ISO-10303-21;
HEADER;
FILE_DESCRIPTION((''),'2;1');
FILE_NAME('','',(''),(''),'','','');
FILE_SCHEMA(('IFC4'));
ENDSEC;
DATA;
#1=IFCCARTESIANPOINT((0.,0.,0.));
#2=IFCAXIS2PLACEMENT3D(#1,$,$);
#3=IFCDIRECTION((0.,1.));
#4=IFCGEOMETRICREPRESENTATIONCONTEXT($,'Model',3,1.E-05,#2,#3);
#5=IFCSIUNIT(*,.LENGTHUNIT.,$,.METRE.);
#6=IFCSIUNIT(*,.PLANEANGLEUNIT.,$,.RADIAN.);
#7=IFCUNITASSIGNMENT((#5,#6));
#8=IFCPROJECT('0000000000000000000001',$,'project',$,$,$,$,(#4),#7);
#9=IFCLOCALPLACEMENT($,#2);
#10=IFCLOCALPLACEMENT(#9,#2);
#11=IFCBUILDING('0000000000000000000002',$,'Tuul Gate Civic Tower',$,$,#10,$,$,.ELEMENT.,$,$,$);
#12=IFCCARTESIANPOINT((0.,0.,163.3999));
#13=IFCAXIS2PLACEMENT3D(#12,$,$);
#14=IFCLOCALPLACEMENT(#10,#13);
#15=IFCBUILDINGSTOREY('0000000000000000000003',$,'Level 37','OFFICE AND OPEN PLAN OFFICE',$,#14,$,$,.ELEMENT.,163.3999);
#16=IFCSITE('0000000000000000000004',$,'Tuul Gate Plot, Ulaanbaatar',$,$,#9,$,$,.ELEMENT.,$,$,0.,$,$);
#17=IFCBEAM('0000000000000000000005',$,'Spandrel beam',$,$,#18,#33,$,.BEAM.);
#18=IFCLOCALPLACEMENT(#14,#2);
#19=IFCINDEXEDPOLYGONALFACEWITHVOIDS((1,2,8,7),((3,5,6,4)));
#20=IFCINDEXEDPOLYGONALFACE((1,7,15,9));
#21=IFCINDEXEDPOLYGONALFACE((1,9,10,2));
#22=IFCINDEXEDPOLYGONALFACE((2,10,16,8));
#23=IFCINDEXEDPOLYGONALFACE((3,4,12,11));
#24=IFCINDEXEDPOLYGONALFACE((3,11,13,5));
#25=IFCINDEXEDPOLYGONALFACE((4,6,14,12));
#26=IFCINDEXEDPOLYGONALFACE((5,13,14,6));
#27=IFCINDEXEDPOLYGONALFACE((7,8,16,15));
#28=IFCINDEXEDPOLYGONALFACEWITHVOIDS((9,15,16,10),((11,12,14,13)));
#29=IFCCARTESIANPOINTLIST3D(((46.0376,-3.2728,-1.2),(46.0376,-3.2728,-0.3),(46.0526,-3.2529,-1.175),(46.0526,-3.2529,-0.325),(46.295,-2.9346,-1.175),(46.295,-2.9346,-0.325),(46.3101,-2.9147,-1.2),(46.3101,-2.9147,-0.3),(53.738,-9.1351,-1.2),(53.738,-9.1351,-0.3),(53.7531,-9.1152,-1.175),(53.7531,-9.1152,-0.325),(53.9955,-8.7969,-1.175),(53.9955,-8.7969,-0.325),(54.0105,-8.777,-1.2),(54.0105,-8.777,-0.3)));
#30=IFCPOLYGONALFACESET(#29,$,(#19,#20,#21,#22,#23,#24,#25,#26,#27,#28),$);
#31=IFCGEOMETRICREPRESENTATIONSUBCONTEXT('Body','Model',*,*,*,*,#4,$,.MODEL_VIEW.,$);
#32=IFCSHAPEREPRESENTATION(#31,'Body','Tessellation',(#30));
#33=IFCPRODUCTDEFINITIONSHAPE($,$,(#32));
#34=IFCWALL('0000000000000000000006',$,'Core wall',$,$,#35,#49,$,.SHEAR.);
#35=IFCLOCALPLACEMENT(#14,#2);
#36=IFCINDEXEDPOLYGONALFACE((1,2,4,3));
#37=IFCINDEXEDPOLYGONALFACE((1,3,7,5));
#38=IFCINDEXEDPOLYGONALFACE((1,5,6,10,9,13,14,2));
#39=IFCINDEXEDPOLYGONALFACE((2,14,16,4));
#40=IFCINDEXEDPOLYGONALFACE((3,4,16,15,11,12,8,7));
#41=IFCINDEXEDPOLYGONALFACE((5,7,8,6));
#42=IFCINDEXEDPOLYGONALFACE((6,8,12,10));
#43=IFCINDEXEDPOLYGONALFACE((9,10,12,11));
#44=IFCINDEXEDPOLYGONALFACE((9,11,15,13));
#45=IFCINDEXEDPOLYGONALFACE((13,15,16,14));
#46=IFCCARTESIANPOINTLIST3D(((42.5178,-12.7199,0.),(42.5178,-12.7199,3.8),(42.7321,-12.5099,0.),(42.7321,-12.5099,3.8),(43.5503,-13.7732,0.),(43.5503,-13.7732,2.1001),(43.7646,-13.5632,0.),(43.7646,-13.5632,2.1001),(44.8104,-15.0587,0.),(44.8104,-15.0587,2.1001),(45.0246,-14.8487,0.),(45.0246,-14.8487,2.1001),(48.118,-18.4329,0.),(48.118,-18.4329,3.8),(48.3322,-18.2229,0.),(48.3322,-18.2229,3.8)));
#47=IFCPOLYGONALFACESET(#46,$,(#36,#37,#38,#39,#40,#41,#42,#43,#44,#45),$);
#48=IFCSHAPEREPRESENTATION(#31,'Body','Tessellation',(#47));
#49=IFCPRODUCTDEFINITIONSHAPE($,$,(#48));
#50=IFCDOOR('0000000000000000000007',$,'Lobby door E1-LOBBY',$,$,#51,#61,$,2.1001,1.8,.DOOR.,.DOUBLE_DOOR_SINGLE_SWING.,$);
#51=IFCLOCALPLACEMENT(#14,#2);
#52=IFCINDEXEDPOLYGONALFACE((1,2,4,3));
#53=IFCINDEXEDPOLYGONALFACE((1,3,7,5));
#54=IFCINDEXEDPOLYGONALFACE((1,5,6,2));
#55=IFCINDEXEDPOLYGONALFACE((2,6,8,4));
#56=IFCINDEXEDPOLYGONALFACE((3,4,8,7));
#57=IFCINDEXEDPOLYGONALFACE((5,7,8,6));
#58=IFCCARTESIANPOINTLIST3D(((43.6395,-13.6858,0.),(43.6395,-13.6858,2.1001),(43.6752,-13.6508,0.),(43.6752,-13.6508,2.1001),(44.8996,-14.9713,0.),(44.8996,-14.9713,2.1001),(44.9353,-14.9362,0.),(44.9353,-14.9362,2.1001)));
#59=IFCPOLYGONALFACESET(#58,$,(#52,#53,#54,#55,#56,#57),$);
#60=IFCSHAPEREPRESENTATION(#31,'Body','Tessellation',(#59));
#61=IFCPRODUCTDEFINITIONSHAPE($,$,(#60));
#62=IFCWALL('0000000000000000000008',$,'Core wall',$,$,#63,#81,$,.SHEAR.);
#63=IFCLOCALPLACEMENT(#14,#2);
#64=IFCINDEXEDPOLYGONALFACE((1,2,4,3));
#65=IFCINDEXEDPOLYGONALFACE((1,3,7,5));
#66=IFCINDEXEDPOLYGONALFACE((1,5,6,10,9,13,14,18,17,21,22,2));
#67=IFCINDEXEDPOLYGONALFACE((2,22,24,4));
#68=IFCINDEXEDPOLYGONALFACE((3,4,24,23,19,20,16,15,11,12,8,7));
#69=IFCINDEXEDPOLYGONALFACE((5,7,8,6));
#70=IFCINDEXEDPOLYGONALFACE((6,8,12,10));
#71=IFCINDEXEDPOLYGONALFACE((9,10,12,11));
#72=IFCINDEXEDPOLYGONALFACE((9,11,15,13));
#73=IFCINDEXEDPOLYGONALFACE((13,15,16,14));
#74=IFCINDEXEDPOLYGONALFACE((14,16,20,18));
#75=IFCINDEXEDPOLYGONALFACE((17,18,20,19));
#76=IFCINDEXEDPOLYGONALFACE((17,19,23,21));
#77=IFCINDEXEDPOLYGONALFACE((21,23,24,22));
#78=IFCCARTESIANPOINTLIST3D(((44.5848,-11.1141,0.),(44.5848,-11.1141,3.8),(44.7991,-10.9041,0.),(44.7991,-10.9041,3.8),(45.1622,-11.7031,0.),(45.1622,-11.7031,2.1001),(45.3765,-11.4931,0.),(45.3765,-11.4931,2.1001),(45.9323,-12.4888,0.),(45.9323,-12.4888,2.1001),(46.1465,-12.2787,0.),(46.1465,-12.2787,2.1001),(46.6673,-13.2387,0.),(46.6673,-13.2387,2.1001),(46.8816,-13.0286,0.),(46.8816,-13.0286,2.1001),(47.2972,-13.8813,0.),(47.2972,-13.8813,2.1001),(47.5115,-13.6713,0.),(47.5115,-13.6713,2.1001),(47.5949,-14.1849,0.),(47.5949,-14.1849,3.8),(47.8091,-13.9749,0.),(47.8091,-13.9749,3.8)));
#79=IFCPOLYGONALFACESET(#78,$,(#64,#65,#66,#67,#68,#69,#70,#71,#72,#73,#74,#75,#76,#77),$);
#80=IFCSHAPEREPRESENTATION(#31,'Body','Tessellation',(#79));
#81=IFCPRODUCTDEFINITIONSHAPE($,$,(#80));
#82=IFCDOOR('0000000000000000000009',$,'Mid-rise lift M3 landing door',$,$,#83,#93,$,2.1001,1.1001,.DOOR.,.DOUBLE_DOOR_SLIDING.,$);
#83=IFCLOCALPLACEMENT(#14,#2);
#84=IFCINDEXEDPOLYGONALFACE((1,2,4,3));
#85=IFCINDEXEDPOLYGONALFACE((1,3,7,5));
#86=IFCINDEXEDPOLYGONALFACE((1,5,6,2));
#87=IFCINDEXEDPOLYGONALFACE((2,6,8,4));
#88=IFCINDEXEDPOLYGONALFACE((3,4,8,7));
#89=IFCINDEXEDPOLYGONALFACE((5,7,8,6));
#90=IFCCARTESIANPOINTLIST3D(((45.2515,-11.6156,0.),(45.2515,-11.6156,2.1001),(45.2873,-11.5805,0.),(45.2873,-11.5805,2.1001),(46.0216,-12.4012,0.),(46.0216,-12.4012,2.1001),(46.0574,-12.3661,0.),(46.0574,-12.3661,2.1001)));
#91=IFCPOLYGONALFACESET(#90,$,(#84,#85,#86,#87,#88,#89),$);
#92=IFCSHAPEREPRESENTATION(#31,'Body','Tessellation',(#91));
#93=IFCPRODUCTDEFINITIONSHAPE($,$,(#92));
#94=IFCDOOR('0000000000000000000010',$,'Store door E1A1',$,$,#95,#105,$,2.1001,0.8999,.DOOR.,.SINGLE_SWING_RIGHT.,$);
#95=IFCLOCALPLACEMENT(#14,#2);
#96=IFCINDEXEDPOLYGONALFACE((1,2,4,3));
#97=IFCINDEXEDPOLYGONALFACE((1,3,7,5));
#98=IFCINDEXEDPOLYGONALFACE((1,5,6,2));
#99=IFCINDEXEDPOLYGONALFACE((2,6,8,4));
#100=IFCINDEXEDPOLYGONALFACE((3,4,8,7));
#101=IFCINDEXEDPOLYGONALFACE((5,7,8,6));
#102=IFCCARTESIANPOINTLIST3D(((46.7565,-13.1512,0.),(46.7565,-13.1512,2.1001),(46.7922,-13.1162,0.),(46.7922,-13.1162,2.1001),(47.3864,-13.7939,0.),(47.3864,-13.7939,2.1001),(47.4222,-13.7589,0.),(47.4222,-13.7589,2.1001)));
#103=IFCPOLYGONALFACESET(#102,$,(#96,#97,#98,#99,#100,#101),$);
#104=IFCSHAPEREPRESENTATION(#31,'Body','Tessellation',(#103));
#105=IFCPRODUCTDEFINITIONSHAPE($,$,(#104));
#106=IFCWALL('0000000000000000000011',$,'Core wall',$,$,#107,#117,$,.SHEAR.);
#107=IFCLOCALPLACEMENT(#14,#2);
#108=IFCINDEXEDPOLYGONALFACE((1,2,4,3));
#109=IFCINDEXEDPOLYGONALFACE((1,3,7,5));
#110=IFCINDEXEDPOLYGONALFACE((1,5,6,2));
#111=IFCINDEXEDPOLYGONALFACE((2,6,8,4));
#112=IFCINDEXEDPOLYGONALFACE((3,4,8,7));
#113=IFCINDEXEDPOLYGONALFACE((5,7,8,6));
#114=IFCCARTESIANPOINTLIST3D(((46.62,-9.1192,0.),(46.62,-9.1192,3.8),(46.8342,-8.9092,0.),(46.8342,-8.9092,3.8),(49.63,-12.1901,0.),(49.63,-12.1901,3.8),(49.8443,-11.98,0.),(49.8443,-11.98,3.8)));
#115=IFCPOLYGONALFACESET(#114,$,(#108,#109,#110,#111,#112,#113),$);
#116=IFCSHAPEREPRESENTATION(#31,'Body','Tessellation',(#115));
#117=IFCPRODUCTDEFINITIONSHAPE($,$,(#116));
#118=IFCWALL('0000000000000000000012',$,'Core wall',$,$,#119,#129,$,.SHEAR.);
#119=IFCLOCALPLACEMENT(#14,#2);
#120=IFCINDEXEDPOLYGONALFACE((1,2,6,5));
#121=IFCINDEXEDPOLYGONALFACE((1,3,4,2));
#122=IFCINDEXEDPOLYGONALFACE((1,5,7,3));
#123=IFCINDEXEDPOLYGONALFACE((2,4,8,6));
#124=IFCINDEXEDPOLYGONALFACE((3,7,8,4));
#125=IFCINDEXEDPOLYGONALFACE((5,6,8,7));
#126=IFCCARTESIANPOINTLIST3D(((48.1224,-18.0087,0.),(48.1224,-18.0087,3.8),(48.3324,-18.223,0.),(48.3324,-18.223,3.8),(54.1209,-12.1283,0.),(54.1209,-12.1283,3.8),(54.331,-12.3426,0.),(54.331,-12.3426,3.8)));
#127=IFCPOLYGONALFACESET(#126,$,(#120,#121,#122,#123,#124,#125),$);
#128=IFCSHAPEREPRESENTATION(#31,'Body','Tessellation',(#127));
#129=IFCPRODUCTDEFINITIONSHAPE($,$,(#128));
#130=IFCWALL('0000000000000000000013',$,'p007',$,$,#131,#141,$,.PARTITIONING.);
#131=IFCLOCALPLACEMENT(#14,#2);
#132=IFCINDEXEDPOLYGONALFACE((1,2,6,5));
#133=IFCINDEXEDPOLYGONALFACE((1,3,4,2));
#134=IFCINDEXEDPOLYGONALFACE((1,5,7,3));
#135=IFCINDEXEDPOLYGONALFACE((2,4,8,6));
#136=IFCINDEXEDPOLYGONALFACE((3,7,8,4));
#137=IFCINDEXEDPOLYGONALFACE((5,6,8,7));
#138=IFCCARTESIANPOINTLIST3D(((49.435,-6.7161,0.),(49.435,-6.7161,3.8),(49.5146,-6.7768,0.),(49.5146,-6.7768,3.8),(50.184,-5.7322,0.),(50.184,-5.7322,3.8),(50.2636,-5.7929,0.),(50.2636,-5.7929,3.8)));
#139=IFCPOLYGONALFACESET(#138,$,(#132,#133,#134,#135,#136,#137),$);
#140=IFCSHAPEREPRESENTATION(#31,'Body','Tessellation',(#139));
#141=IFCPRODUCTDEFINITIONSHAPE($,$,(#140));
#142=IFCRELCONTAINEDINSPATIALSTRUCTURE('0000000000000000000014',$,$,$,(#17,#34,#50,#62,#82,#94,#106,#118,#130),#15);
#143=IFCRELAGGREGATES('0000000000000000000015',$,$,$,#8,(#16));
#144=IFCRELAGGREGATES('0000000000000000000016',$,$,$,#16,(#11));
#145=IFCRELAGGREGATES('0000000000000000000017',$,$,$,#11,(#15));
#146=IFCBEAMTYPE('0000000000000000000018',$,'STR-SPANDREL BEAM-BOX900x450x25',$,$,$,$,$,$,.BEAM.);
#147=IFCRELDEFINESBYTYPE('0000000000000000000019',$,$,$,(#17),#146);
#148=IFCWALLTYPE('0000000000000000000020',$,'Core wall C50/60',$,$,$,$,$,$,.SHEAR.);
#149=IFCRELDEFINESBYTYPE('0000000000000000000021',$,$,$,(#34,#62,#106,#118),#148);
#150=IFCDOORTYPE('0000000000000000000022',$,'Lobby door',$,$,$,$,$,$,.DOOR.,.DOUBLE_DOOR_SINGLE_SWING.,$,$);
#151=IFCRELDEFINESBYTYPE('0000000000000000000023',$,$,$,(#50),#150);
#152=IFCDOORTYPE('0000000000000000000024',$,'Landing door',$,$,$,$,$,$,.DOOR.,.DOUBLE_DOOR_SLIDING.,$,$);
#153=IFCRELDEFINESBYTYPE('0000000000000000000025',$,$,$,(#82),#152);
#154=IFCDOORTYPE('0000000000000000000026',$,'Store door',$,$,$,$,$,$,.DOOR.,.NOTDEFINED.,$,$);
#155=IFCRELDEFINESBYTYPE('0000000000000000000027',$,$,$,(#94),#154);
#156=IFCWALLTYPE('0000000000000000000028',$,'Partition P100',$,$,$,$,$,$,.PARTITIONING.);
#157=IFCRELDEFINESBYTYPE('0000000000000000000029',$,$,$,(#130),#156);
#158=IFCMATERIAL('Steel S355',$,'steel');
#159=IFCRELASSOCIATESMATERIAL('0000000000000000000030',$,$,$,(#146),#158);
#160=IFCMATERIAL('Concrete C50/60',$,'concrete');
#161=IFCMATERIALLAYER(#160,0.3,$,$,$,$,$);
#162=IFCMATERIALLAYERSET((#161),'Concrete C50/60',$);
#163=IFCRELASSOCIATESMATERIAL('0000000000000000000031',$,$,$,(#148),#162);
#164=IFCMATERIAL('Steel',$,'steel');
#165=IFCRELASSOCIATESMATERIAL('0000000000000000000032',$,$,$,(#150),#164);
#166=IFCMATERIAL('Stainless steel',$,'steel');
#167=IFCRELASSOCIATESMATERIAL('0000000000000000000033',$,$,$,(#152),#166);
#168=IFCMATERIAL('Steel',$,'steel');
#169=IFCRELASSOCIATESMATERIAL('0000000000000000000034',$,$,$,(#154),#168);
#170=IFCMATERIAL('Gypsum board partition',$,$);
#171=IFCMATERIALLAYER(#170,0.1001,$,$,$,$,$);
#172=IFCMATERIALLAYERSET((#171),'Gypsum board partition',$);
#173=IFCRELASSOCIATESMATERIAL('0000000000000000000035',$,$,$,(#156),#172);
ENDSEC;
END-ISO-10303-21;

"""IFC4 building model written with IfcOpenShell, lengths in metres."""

from ifc_helpers import new_model, si_unit, direction, frame, frame_2d, origin, origin_2d, place, context, subcontext, project, spatial, rectangle, hollow_rectangle, extrude, material, layer, layer_set, material_profile, profile_set, type_object, element, fill, save


model = new_model("IFC4")

# Units and contexts
model_context = context("Model", 3, precision=1e-05, world=origin(), true_north=direction((0.0, 1.0)))
body_context = subcontext(model_context, "Body", "Model", "MODEL_VIEW")
ifc_project = project(units=[si_unit("LENGTHUNIT", "METRE"), si_unit("PLANEANGLEUNIT", "RADIAN")], contexts=[model_context])

# Site, building, storey
site_placement = place(None, origin())
site = spatial("IfcSite", under=ifc_project, at=site_placement, Name="Tuul Gate Plot, Ulaanbaatar", CompositionType="ELEMENT", RefElevation=0.0)
building_placement = place(site_placement, origin())
building = spatial("IfcBuilding", under=site, at=building_placement, Name="Tuul Gate Civic Tower", CompositionType="ELEMENT")
storey_placement = place(building_placement, frame((0.0, 0.0, 163.3999)))
storey = spatial("IfcBuildingStorey", under=building, at=storey_placement, Name="Level 37", Description="OFFICE AND OPEN PLAN OFFICE", CompositionType="ELEMENT", Elevation=163.3999)

# Beam
ifc_material_1 = material(Name="Steel S355", Category="steel")
ifc_material_profile_1 = material_profile(ifc_material_1, hollow_rectangle(XDim=0.45, YDim=0.8999, WallThickness=0.0249, at=origin_2d()), Name="BOX900x450x25")
ifc_profile_set_1 = profile_set([ifc_material_profile_1], Name="Steel S355")
beam_type = type_object("IfcBeamType", Name="STR-SPANDREL BEAM-BOX900x450x25", PredefinedType="BEAM", material=ifc_profile_set_1)
beam_placement = place(storey_placement, frame((53.8743, -8.9561, -0.75), z_axis=(-0.795666, 0.605736, 0.0), x_axis=(-0.605736, -0.795666, 0.0)))
element("IfcBeam", 1, at=beam_placement, inside=storey, type_object=beam_type, Name="Spandrel beam", PredefinedType="BEAM", context=body_context, shape_type="SweptSolid", body=[
    extrude(hollow_rectangle(XDim=0.45, YDim=0.8999, WallThickness=0.0249, at=origin_2d()), origin(), (0.0, 0.0, 1.0), 9.678),
])

# Wall, opening, door
ifc_material_2 = material(Name="Concrete C50/60", Category="concrete")
ifc_layer_1 = layer(ifc_material_2, 0.3)
ifc_layer_set_1 = layer_set([ifc_layer_1], Name="Concrete C50/60")
wall_type_1 = type_object("IfcWallType", Name="Core wall C50/60", PredefinedType="SHEAR", material=ifc_layer_set_1)
wall_1_placement = place(storey_placement, frame((48.2251, -18.3279, 0.0), z_axis=(0.0, 0.0, 1.0), x_axis=(-0.700022, 0.714121, 0.0)))
wall_1 = element("IfcWall", 2, at=wall_1_placement, inside=storey, type_object=wall_type_1, Name="Core wall", PredefinedType="SHEAR", context=body_context, shape_type="SweptSolid", body=[
    extrude(rectangle(XDim=8.0, YDim=0.3, at=frame_2d((4.0, 0.0))), origin(), (0.0, 0.0, 1.0), 3.8),
])
opening_1_placement = place(wall_1_placement, frame((4.7251, 0.0, 0.0)))
opening_1 = element("IfcOpeningElement", 3, at=opening_1_placement, cuts=wall_1, PredefinedType="OPENING", context=body_context, shape_type="SweptSolid", body=[
    extrude(rectangle(XDim=1.8, YDim=2.1001, at=frame_2d((0.8999, 1.05))), frame((0.0, 0.1602, 0.0), z_axis=(0.0, -1.0, 0.0), x_axis=(1.0, 0.0, 0.0)), (0.0, 0.0, 1.0), 0.3201),
])
ifc_material_3 = material(Name="Steel", Category="steel")
door_type_1 = type_object("IfcDoorType", Name="Lobby door", OperationType="DOUBLE_DOOR_SINGLE_SWING", PredefinedType="DOOR", material=ifc_material_3)
door_1_placement = place(opening_1_placement, frame((1.8, 0.0, 0.0), z_axis=(0.0, 0.0, 1.0), x_axis=(-1.0, 0.0, 0.0)))
door_1 = element("IfcDoor", 4, at=door_1_placement, inside=storey, type_object=door_type_1, Name="Lobby door E1-LOBBY", OperationType="DOUBLE_DOOR_SINGLE_SWING", OverallHeight=2.1001, OverallWidth=1.8, PredefinedType="DOOR", context=body_context, shape_type="SweptSolid", body=[
    extrude(rectangle(XDim=1.8, YDim=2.1001, at=frame_2d((0.9001, 1.05))), frame((0.0, 0.0249, 0.0), z_axis=(0.0, -1.0, 0.0), x_axis=(1.0, 0.0, 0.0)), (0.0, 0.0, 1.0), 0.05),
])
fill(opening_1, door_1)

# Wall, openings, doors
wall_2_placement = place(storey_placement, frame((47.7019, -14.0798, 0.0), z_axis=(0.0, 0.0, 1.0), x_axis=(-0.700003, 0.71414, 0.0)))
wall_2 = element("IfcWall", 5, at=wall_2_placement, inside=storey, type_object=wall_type_1, Name="Core wall", PredefinedType="SHEAR", context=body_context, shape_type="SweptSolid", body=[
    extrude(rectangle(XDim=4.3, YDim=0.3, at=frame_2d((2.1499, 0.0))), origin(), (0.0, 0.0, 1.0), 3.8),
])
opening_2_placement = place(wall_2_placement, frame((0.425, 0.0, 0.0)))
opening_2 = element("IfcOpeningElement", 6, at=opening_2_placement, cuts=wall_2, PredefinedType="OPENING", context=body_context, shape_type="SweptSolid", body=[
    extrude(rectangle(XDim=0.8999, YDim=2.1001, at=frame_2d((0.45, 1.05))), frame((0.0, 0.1602, 0.0), z_axis=(0.0, -1.0, 0.0), x_axis=(1.0, 0.0, 0.0)), (0.0, 0.0, 1.0), 0.3201),
])
opening_3_placement = place(wall_2_placement, frame((2.375, 0.0, 0.0)))
opening_3 = element("IfcOpeningElement", 7, at=opening_3_placement, cuts=wall_2, PredefinedType="OPENING", context=body_context, shape_type="SweptSolid", body=[
    extrude(rectangle(XDim=1.1001, YDim=2.1001, at=frame_2d((0.55, 1.05))), frame((0.0, 0.1602, 0.0), z_axis=(0.0, -1.0, 0.0), x_axis=(1.0, 0.0, 0.0)), (0.0, 0.0, 1.0), 0.3201),
])
ifc_material_4 = material(Name="Stainless steel", Category="steel")
door_type_2 = type_object("IfcDoorType", Name="Landing door", OperationType="DOUBLE_DOOR_SLIDING", PredefinedType="DOOR", material=ifc_material_4)
door_2_placement = place(opening_3_placement, origin())
door_2 = element("IfcDoor", 8, at=door_2_placement, inside=storey, type_object=door_type_2, Name="Mid-rise lift M3 landing door", OperationType="DOUBLE_DOOR_SLIDING", OverallHeight=2.1001, OverallWidth=1.1001, PredefinedType="DOOR", context=body_context, shape_type="SweptSolid", body=[
    extrude(rectangle(XDim=1.1001, YDim=2.1001, at=frame_2d((0.55, 1.05))), frame((0.0, 0.0249, 0.0), z_axis=(0.0, -1.0, 0.0), x_axis=(1.0, 0.0, 0.0)), (0.0, 0.0, 1.0), 0.05),
])
fill(opening_3, door_2)
ifc_material_5 = material(Name="Steel", Category="steel")
door_type_3 = type_object("IfcDoorType", Name="Store door", OperationType="NOTDEFINED", PredefinedType="DOOR", material=ifc_material_5)
door_3_placement = place(opening_2_placement, frame((0.8999, 0.0, 0.0), z_axis=(0.0, 0.0, 1.0), x_axis=(-1.0, 0.0, 0.0)))
door_3 = element("IfcDoor", 9, at=door_3_placement, inside=storey, type_object=door_type_3, Name="Store door E1A1", OperationType="SINGLE_SWING_RIGHT", OverallHeight=2.1001, OverallWidth=0.8999, PredefinedType="DOOR", context=body_context, shape_type="SweptSolid", body=[
    extrude(rectangle(XDim=0.8999, YDim=2.1001, at=frame_2d((0.45, 1.05))), frame((0.0, 0.0249, 0.0), z_axis=(0.0, -1.0, 0.0), x_axis=(1.0, 0.0, 0.0)), (0.0, 0.0, 1.0), 0.05),
])
fill(opening_2, door_3)

# Walls
wall_3_placement = place(storey_placement, frame((49.7371, -12.085, 0.0), z_axis=(0.0, 0.0, 1.0), x_axis=(-0.700003, 0.71414, 0.0)))
element("IfcWall", 10, at=wall_3_placement, inside=storey, type_object=wall_type_1, Name="Core wall", PredefinedType="SHEAR", context=body_context, shape_type="SweptSolid", body=[
    extrude(rectangle(XDim=4.3, YDim=0.3, at=frame_2d((2.1499, 0.0))), origin(), (0.0, 0.0, 1.0), 3.8),
])
wall_4_placement = place(storey_placement, frame((48.2273, -18.116, 0.0), z_axis=(0.0, 0.0, 1.0), x_axis=(0.714105, 0.700038, 0.0)))
element("IfcWall", 11, at=wall_4_placement, inside=storey, type_object=wall_type_1, Name="Core wall", PredefinedType="SHEAR", context=body_context, shape_type="SweptSolid", body=[
    extrude(rectangle(XDim=8.4001, YDim=0.3, at=frame_2d((4.2002, 0.0))), origin(), (0.0, 0.0, 1.0), 3.8),
])
ifc_material_6 = material(Name="Gypsum board partition")
ifc_layer_2 = layer(ifc_material_6, 0.1001)
ifc_layer_set_2 = layer_set([ifc_layer_2], Name="Gypsum board partition")
wall_type_2 = type_object("IfcWallType", Name="Partition P100", PredefinedType="PARTITIONING", material=ifc_layer_set_2)
wall_5_placement = place(storey_placement, frame((49.4749, -6.7463, 0.0), z_axis=(0.0, 0.0, 1.0), x_axis=(0.605734, 0.795667, 0.0)))
element("IfcWall", 12, at=wall_5_placement, inside=storey, type_object=wall_type_2, Name="p007", PredefinedType="PARTITIONING", context=body_context, shape_type="SweptSolid", body=[
    extrude(rectangle(XDim=1.2366, YDim=0.1001, at=frame_2d((0.6182, 0.0))), origin(), (0.0, 0.0, 1.0), 3.8),
])

save(model, "model.ifc")
